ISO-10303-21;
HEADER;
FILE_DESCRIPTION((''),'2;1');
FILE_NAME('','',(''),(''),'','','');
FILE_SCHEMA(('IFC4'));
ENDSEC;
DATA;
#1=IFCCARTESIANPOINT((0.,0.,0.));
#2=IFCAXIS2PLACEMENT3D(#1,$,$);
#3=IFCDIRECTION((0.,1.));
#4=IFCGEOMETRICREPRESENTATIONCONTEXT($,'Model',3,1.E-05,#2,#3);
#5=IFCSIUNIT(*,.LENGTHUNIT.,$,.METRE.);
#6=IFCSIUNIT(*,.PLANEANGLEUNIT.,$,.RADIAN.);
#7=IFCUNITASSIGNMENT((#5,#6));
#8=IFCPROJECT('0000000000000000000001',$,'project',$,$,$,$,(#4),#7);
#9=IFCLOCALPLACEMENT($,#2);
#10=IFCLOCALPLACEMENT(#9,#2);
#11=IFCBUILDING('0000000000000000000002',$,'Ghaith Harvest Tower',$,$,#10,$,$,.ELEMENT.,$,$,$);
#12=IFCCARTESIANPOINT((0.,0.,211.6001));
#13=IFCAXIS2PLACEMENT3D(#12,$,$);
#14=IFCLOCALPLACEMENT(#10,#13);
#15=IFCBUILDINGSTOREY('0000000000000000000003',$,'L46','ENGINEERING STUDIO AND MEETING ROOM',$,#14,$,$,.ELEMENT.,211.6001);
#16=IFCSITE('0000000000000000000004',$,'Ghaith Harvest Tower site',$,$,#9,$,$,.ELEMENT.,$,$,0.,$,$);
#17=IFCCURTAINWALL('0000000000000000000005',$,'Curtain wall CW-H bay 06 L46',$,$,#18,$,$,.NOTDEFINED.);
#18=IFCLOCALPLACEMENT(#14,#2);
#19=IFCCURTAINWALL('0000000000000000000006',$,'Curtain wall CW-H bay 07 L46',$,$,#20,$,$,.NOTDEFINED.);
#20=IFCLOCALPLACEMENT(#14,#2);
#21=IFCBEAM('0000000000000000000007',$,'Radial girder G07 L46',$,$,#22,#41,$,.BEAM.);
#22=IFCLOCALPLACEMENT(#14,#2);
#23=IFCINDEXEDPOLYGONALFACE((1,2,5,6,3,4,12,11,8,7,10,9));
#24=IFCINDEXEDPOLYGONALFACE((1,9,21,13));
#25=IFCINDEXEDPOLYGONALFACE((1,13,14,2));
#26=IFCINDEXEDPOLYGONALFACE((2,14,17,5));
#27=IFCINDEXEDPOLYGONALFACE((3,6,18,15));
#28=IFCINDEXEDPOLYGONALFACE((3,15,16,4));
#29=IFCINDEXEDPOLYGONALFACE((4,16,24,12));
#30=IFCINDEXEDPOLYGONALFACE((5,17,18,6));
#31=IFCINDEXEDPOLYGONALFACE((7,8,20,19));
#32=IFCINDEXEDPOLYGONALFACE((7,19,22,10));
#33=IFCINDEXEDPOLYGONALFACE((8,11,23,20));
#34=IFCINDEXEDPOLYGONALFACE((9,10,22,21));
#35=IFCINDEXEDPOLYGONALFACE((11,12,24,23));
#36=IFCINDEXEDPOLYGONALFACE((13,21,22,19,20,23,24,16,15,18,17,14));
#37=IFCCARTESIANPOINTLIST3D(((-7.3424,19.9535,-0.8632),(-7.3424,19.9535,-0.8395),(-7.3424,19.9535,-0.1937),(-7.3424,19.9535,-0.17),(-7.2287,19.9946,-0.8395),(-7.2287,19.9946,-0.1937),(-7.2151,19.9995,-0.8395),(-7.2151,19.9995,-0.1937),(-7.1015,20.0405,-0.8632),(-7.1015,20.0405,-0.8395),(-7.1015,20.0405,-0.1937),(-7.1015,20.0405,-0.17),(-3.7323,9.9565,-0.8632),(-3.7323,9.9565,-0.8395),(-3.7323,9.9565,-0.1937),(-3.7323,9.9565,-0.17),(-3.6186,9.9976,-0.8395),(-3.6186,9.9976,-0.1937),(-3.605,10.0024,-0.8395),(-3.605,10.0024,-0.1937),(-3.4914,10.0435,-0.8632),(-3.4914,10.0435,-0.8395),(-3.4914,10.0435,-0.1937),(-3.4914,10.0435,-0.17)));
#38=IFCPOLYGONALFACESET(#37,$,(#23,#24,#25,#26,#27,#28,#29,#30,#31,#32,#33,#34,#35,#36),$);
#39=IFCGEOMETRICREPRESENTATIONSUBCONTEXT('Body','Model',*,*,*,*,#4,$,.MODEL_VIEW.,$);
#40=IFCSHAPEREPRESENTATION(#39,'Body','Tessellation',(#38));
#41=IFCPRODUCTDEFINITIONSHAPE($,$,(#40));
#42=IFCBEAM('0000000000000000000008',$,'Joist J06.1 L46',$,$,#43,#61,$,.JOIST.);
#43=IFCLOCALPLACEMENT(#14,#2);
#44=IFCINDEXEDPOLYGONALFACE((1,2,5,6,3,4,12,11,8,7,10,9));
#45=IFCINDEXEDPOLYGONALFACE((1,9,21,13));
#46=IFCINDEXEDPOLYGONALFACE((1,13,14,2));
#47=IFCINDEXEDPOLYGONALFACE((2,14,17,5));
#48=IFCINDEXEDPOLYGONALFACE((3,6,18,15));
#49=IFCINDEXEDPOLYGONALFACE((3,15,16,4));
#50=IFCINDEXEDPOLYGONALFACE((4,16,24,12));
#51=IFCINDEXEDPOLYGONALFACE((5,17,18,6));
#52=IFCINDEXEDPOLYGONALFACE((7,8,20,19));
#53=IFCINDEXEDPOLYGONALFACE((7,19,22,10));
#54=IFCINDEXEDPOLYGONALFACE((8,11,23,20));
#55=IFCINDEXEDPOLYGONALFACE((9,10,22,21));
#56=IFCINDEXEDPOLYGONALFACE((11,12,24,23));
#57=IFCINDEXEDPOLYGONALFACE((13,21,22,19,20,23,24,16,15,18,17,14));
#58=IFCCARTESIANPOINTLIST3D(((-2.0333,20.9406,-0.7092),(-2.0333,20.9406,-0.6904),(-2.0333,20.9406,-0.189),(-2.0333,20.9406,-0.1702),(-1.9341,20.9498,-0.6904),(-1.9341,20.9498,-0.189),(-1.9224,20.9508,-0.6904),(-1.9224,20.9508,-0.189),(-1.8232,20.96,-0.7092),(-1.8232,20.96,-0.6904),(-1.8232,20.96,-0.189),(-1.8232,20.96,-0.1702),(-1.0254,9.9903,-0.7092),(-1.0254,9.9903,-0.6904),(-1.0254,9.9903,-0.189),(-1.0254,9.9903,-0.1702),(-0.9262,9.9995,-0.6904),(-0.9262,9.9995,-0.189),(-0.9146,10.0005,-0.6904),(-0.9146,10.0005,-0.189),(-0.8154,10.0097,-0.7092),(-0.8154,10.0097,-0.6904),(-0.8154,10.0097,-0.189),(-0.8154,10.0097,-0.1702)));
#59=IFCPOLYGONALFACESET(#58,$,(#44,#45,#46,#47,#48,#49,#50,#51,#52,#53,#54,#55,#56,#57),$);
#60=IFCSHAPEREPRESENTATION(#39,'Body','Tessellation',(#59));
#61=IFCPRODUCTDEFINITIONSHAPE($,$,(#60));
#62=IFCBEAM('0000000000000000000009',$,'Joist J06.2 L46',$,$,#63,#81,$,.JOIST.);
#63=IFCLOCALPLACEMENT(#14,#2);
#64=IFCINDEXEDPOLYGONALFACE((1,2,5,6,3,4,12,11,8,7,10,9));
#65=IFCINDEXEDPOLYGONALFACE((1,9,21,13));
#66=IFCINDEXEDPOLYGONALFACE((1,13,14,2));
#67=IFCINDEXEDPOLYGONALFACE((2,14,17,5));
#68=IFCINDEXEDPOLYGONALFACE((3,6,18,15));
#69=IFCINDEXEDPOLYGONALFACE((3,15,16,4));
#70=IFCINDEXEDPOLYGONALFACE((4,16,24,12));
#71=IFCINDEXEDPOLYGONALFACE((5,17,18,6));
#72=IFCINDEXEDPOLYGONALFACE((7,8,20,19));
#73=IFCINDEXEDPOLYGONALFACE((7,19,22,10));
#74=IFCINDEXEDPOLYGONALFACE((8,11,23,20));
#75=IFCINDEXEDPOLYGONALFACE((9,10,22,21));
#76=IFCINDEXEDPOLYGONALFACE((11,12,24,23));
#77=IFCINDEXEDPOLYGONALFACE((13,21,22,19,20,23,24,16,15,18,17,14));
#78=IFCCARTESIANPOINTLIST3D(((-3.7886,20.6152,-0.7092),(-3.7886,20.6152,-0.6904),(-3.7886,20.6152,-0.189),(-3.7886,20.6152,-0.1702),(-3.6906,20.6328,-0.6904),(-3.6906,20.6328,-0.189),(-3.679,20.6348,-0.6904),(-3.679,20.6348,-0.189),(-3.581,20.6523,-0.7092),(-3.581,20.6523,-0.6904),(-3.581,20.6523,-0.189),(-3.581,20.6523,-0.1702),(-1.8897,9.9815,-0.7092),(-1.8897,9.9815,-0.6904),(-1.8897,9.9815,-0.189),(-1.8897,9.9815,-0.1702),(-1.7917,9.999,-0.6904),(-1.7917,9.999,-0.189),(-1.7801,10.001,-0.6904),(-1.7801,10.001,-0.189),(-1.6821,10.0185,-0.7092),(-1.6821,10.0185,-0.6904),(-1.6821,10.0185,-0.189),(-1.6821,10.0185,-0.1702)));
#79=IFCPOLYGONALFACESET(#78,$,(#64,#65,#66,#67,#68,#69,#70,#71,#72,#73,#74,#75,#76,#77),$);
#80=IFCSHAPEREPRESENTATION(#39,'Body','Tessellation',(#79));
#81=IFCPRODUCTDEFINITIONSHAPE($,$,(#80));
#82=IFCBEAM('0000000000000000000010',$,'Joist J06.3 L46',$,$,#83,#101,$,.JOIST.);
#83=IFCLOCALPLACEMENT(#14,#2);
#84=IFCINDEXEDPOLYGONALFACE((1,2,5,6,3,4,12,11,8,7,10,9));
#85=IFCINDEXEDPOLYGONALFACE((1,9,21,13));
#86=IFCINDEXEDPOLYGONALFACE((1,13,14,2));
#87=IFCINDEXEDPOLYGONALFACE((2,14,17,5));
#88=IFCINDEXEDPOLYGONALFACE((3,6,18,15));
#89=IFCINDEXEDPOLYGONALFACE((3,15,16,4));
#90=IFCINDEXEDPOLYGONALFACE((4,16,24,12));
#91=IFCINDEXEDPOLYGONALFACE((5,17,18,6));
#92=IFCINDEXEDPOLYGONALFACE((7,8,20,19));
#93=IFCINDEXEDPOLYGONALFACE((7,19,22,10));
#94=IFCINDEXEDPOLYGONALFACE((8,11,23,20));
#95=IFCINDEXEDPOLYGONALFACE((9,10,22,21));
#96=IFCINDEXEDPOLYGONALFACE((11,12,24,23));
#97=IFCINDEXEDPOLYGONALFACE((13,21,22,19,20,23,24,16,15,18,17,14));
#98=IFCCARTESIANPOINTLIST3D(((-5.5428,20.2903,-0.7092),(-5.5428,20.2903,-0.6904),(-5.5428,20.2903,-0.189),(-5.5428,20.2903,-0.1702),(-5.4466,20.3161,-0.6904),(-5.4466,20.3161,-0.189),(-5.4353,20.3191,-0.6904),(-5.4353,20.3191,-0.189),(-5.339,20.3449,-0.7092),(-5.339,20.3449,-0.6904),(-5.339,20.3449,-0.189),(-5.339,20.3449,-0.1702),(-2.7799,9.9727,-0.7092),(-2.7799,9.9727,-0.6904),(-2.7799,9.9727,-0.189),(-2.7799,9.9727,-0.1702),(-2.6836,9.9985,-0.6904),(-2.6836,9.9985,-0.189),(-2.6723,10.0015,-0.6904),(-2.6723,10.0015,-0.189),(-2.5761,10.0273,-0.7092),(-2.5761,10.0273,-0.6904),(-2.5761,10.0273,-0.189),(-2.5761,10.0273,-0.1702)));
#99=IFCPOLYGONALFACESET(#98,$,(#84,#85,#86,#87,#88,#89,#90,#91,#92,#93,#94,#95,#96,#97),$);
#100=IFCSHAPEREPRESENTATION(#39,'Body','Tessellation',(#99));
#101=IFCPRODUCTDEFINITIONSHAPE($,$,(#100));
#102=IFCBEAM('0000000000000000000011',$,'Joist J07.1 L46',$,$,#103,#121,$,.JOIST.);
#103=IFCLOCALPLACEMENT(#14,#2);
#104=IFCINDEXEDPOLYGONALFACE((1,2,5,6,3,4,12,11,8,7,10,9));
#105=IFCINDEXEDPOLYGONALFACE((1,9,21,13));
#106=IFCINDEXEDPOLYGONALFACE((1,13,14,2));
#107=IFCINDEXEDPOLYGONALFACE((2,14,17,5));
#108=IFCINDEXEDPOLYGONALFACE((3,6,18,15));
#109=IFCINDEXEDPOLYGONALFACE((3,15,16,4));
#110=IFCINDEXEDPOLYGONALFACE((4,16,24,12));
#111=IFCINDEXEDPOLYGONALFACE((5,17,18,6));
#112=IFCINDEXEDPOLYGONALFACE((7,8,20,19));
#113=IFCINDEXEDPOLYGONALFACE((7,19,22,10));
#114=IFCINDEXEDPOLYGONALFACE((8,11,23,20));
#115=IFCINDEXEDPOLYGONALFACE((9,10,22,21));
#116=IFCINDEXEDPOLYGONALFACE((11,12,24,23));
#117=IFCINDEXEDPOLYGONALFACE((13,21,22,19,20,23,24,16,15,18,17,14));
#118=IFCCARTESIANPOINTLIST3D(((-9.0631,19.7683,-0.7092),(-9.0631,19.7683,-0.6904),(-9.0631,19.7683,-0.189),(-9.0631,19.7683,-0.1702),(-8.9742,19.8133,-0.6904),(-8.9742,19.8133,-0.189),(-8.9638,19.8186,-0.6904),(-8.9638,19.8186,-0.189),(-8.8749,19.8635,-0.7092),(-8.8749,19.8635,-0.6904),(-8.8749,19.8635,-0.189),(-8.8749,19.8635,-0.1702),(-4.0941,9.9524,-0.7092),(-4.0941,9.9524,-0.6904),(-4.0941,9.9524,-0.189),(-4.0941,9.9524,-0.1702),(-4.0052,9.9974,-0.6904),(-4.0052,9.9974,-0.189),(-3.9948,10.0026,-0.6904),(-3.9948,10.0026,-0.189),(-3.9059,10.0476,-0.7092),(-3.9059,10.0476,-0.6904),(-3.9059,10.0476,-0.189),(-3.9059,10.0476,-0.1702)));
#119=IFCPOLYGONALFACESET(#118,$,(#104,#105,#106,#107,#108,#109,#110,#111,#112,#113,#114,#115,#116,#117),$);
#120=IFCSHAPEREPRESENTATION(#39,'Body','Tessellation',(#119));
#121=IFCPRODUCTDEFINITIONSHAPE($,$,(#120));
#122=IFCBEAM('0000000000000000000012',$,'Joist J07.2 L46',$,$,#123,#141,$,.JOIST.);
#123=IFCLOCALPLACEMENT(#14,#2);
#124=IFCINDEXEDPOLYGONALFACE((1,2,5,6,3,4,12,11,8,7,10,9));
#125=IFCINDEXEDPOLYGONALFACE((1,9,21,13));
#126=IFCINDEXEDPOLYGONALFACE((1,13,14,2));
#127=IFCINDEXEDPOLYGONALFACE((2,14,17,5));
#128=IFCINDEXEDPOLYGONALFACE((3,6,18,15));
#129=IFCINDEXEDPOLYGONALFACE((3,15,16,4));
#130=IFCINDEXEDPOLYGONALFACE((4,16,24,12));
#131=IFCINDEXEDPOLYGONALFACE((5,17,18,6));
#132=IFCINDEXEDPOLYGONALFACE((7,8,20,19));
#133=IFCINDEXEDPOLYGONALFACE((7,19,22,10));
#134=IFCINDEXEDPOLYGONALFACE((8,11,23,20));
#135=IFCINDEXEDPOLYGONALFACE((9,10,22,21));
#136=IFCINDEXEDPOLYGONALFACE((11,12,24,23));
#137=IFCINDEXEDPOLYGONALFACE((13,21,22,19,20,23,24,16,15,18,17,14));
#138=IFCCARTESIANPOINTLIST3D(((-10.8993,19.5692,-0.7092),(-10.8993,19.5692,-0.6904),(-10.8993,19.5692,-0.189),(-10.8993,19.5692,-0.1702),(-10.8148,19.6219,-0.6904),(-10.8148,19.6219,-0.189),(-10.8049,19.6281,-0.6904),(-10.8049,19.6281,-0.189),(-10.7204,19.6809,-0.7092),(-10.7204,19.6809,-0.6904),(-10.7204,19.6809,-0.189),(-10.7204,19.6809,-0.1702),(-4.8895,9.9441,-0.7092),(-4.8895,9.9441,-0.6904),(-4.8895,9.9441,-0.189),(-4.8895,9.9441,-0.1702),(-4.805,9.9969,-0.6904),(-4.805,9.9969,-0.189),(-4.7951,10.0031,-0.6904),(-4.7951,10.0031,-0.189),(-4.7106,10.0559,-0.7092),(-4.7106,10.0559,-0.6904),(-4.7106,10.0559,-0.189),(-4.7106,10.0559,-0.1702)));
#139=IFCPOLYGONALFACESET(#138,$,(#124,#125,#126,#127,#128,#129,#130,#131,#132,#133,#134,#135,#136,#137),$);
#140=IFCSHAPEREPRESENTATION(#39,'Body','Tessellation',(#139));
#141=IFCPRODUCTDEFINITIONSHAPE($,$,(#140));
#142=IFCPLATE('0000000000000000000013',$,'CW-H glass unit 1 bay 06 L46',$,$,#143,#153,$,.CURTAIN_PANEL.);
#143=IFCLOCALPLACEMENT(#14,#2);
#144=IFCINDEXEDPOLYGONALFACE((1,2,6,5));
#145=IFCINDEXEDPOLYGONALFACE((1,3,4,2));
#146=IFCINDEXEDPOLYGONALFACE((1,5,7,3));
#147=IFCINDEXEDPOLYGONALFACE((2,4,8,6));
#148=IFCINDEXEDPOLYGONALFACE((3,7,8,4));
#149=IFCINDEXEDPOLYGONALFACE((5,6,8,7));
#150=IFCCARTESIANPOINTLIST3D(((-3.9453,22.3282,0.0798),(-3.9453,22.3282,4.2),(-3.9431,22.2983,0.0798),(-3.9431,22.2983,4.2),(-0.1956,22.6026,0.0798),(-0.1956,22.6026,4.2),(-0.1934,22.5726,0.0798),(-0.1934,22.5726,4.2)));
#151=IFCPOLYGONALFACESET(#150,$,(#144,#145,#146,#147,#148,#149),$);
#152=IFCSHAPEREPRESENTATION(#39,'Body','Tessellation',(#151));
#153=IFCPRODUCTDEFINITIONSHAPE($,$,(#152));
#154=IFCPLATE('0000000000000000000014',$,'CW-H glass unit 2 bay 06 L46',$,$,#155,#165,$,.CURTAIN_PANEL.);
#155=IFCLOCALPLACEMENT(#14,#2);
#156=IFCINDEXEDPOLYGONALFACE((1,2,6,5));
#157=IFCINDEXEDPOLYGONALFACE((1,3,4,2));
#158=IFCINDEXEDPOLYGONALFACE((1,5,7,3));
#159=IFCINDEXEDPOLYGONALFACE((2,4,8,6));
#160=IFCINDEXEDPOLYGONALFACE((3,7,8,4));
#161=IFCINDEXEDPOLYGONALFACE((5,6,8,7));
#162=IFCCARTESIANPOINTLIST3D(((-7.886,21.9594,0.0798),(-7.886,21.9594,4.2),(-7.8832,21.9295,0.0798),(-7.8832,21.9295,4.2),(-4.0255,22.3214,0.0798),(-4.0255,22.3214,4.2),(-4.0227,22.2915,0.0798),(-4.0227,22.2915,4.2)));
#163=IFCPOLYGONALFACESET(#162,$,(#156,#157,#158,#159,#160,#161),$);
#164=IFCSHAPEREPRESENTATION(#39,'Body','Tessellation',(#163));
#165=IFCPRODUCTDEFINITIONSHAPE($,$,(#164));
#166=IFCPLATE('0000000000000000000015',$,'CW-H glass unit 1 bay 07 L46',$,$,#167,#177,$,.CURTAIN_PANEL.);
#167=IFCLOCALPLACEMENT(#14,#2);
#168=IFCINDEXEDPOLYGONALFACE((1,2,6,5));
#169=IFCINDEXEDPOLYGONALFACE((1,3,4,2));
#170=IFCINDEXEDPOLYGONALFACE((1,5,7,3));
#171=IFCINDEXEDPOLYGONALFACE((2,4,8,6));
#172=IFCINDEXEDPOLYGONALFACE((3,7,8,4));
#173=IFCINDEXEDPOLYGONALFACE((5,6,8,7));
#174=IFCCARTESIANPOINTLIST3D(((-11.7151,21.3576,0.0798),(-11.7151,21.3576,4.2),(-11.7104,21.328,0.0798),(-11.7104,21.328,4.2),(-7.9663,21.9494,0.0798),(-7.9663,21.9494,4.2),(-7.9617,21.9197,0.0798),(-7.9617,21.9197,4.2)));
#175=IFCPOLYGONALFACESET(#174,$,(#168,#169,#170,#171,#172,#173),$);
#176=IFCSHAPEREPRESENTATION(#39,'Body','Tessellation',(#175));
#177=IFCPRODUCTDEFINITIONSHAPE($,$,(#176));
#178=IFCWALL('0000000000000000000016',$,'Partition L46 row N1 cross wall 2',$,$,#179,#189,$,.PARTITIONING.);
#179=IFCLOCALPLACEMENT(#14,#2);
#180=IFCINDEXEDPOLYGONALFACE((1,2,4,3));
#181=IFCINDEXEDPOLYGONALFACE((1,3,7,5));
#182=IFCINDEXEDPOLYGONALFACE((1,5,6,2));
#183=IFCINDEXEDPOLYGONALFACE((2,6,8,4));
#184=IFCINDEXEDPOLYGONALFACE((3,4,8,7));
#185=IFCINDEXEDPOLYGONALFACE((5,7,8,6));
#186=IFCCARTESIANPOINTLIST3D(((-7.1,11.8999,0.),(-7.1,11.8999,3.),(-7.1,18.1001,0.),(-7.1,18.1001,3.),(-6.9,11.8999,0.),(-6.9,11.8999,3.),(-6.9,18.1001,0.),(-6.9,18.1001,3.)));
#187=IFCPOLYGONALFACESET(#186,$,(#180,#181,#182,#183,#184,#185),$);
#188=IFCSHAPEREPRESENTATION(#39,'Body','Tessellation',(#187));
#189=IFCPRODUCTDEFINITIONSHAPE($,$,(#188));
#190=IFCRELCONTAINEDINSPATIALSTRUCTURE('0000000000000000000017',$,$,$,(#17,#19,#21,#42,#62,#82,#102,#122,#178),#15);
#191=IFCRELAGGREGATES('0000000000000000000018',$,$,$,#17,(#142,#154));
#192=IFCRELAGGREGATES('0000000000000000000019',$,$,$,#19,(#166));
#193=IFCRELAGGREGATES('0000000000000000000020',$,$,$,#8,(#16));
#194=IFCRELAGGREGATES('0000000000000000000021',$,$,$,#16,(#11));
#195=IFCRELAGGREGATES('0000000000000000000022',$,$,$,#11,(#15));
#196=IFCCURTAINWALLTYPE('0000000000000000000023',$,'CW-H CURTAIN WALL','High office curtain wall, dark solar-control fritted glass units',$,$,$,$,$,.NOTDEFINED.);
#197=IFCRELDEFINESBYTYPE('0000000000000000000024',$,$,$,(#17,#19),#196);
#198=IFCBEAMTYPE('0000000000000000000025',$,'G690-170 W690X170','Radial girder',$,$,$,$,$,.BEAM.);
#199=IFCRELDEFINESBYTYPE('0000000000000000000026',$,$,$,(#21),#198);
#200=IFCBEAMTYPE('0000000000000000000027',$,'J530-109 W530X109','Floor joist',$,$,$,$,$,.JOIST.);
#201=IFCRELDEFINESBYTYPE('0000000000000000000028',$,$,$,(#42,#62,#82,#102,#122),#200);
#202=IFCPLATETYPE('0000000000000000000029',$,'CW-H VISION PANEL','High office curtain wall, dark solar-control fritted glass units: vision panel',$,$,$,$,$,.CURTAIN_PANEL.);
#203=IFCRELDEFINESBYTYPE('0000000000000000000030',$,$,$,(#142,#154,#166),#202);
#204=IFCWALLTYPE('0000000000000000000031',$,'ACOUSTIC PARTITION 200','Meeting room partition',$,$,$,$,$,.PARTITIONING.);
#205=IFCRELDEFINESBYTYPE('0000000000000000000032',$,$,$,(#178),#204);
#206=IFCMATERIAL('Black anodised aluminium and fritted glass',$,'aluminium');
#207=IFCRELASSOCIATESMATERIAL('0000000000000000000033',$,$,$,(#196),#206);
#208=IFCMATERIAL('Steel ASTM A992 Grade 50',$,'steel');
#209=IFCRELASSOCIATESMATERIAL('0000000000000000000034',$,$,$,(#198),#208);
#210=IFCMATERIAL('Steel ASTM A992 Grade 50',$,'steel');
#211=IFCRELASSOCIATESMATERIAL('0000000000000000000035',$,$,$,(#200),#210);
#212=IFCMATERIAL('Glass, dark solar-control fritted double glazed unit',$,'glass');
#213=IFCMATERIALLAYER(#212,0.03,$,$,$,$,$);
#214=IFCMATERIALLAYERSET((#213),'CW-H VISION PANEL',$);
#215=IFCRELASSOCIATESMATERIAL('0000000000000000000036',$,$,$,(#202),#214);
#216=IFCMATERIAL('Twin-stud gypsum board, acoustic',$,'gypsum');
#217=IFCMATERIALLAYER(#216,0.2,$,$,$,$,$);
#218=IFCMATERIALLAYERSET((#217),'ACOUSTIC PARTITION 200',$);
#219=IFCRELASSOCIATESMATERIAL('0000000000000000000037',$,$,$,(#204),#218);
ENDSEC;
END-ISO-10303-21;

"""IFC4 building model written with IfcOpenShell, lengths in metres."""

from ifc_helpers import new_model, si_unit, direction, frame, frame_2d, origin, origin_2d, place, context, subcontext, project, spatial, rectangle, i_section, extrude, material, layer, layer_set, material_profile, profile_set, type_object, element, aggregate, save


model = new_model("IFC4")

# Units and contexts
model_context = context("Model", 3, precision=1e-05, world=origin(), true_north=direction((0.0, 1.0)))
body_context = subcontext(model_context, "Body", "Model", "MODEL_VIEW")
ifc_project = project(units=[si_unit("LENGTHUNIT", "METRE"), si_unit("PLANEANGLEUNIT", "RADIAN")], contexts=[model_context])

# Site, building, storey
site_placement = place(None, origin())
site = spatial("IfcSite", under=ifc_project, at=site_placement, Name="Ghaith Harvest Tower site", CompositionType="ELEMENT", RefElevation=0.0)
building_placement = place(site_placement, origin())
building = spatial("IfcBuilding", under=site, at=building_placement, Name="Ghaith Harvest Tower", CompositionType="ELEMENT")
storey_placement = place(building_placement, frame((0.0, 0.0, 211.6001)))
storey = spatial("IfcBuildingStorey", under=building, at=storey_placement, Name="L46", Description="ENGINEERING STUDIO AND MEETING ROOM", CompositionType="ELEMENT", Elevation=211.6001)

# Curtain walls
ifc_material_1 = material(Name="Black anodised aluminium and fritted glass", Category="aluminium")
curtain_wall_type = type_object("IfcCurtainWallType", Name="CW-H CURTAIN WALL", Description="High office curtain wall, dark solar-control fritted glass units", PredefinedType="NOTDEFINED", material=ifc_material_1)
curtain_wall_1_placement = place(storey_placement, origin())
curtain_wall_1 = element("IfcCurtainWall", 1, at=curtain_wall_1_placement, inside=storey, type_object=curtain_wall_type, Name="Curtain wall CW-H bay 06 L46", PredefinedType="NOTDEFINED")
curtain_wall_2_placement = place(storey_placement, origin())
curtain_wall_2 = element("IfcCurtainWall", 2, at=curtain_wall_2_placement, inside=storey, type_object=curtain_wall_type, Name="Curtain wall CW-H bay 07 L46", PredefinedType="NOTDEFINED")

# Beams
ifc_material_2 = material(Name="Steel ASTM A992 Grade 50", Category="steel")
ifc_material_profile_1 = material_profile(ifc_material_2, i_section(OverallWidth=0.2561, OverallDepth=0.6931, WebThickness=0.0144, FlangeThickness=0.0237, at=origin_2d()), Name="W690X170")
ifc_profile_set_1 = profile_set([ifc_material_profile_1], Name="Steel ASTM A992 Grade 50")
beam_type_1 = type_object("IfcBeamType", Name="G690-170 W690X170", Description="Radial girder", PredefinedType="BEAM", material=ifc_profile_set_1)
beam_1_placement = place(storey_placement, frame((-3.6118, 10.0, -0.5166), z_axis=(-0.339649, 0.940552, 0.0), x_axis=(-0.940552, -0.339649, 0.0)))
element("IfcBeam", 3, at=beam_1_placement, inside=storey, type_object=beam_type_1, Name="Radial girder G07 L46", PredefinedType="BEAM", context=body_context, shape_type="SweptSolid", body=[
    extrude(i_section(OverallWidth=0.2561, OverallDepth=0.6931, WebThickness=0.0144, FlangeThickness=0.0237, at=origin_2d()), origin(), (0.0, 0.0, 1.0), 10.6289),
])
ifc_material_3 = material(Name="Steel ASTM A992 Grade 50", Category="steel")
ifc_material_profile_2 = material_profile(ifc_material_3, i_section(OverallWidth=0.2109, OverallDepth=0.5391, WebThickness=0.0117, FlangeThickness=0.0188, at=origin_2d()), Name="W530X109")
ifc_profile_set_2 = profile_set([ifc_material_profile_2], Name="Steel ASTM A992 Grade 50")
beam_type_2 = type_object("IfcBeamType", Name="J530-109 W530X109", Description="Floor joist", PredefinedType="JOIST", material=ifc_profile_set_2)
beam_2_placement = place(storey_placement, frame((-0.9204, 10.0, -0.4397), z_axis=(-0.091649, 0.995791, 0.0), x_axis=(-0.995791, -0.091649, 0.0)))
element("IfcBeam", 4, at=beam_2_placement, inside=storey, type_object=beam_type_2, Name="Joist J06.1 L46", PredefinedType="JOIST", context=body_context, shape_type="SweptSolid", body=[
    extrude(i_section(OverallWidth=0.2109, OverallDepth=0.5391, WebThickness=0.0117, FlangeThickness=0.0188, at=origin_2d()), origin(), (0.0, 0.0, 1.0), 10.9966),
])
beam_3_placement = place(storey_placement, frame((-1.7859, 10.0, -0.4397), z_axis=(-0.175794, 0.984427, 0.0), x_axis=(-0.984427, -0.175794, 0.0)))
element("IfcBeam", 5, at=beam_3_placement, inside=storey, type_object=beam_type_2, Name="Joist J06.2 L46", PredefinedType="JOIST", context=body_context, shape_type="SweptSolid", body=[
    extrude(i_section(OverallWidth=0.2109, OverallDepth=0.5391, WebThickness=0.0117, FlangeThickness=0.0188, at=origin_2d()), origin(), (0.0, 0.0, 1.0), 10.802),
])
beam_4_placement = place(storey_placement, frame((-2.678, 10.0, -0.4397), z_axis=(-0.258674, 0.965965, 0.0), x_axis=(-0.965965, -0.258674, 0.0)))
element("IfcBeam", 6, at=beam_4_placement, inside=storey, type_object=beam_type_2, Name="Joist J06.3 L46", PredefinedType="JOIST", context=body_context, shape_type="SweptSolid", body=[
    extrude(i_section(OverallWidth=0.2109, OverallDepth=0.5391, WebThickness=0.0117, FlangeThickness=0.0188, at=origin_2d()), origin(), (0.0, 0.0, 1.0), 10.6812),
])
beam_5_placement = place(storey_placement, frame((-4.0, 10.0, -0.4397), z_axis=(-0.451646, 0.892197, 0.0), x_axis=(-0.892197, -0.451646, 0.0)))
element("IfcBeam", 7, at=beam_5_placement, inside=storey, type_object=beam_type_2, Name="Joist J07.1 L46", PredefinedType="JOIST", context=body_context, shape_type="SweptSolid", body=[
    extrude(i_section(OverallWidth=0.2109, OverallDepth=0.5391, WebThickness=0.0117, FlangeThickness=0.0188, at=origin_2d()), origin(), (0.0, 0.0, 1.0), 11.002),
])
beam_6_placement = place(storey_placement, frame((-4.8, 10.0, -0.4397), z_axis=(-0.529628, 0.84823, 0.0), x_axis=(-0.84823, -0.529628, 0.0)))
element("IfcBeam", 8, at=beam_6_placement, inside=storey, type_object=beam_type_2, Name="Joist J07.2 L46", PredefinedType="JOIST", context=body_context, shape_type="SweptSolid", body=[
    extrude(i_section(OverallWidth=0.2109, OverallDepth=0.5391, WebThickness=0.0117, FlangeThickness=0.0188, at=origin_2d()), origin(), (0.0, 0.0, 1.0), 11.3472),
])

# Plates
ifc_material_4 = material(Name="Glass, dark solar-control fritted double glazed unit", Category="glass")
ifc_layer_1 = layer(ifc_material_4, 0.03)
ifc_layer_set_1 = layer_set([ifc_layer_1], Name="CW-H VISION PANEL")
plate_type = type_object("IfcPlateType", Name="CW-H VISION PANEL", Description="High office curtain wall, dark solar-control fritted glass units: vision panel", PredefinedType="CURTAIN_PANEL", material=ifc_layer_set_1)
plate_1_placement = place(storey_placement, frame((-2.0693, 22.4504, 0.0798), z_axis=(0.0, 0.0, 1.0), x_axis=(-0.997334, -0.072966, 0.0)))
plate_1 = element("IfcPlate", 9, at=plate_1_placement, type_object=plate_type, Name="CW-H glass unit 1 bay 06 L46", PredefinedType="CURTAIN_PANEL", context=body_context, shape_type="SweptSolid", body=[
    extrude(rectangle(XDim=3.7598, YDim=0.03, at=origin_2d()), origin(), (0.0, 0.0, 1.0), 4.1201),
])
plate_2_placement = place(storey_placement, frame((-5.9543, 22.1255, 0.0798), z_axis=(0.0, 0.0, 1.0), x_axis=(-0.995632, -0.093365, 0.0)))
plate_2 = element("IfcPlate", 10, at=plate_2_placement, type_object=plate_type, Name="CW-H glass unit 2 bay 06 L46", PredefinedType="CURTAIN_PANEL", context=body_context, shape_type="SweptSolid", body=[
    extrude(rectangle(XDim=3.8774, YDim=0.03, at=origin_2d()), origin(), (0.0, 0.0, 1.0), 4.1201),
])
aggregate(curtain_wall_1, [plate_1, plate_2])
plate_3_placement = place(storey_placement, frame((-9.8384, 21.6387, 0.0798), z_axis=(0.0, 0.0, 1.0), x_axis=(-0.98777, -0.155916, 0.0)))
plate_3 = element("IfcPlate", 11, at=plate_3_placement, type_object=plate_type, Name="CW-H glass unit 1 bay 07 L46", PredefinedType="CURTAIN_PANEL", context=body_context, shape_type="SweptSolid", body=[
    extrude(rectangle(XDim=3.7952, YDim=0.03, at=origin_2d()), origin(), (0.0, 0.0, 1.0), 4.1201),
])
aggregate(curtain_wall_2, [plate_3])

# Wall
ifc_material_5 = material(Name="Twin-stud gypsum board, acoustic", Category="gypsum")
ifc_layer_2 = layer(ifc_material_5, 0.2)
ifc_layer_set_2 = layer_set([ifc_layer_2], Name="ACOUSTIC PARTITION 200")
wall_type = type_object("IfcWallType", Name="ACOUSTIC PARTITION 200", Description="Meeting room partition", PredefinedType="PARTITIONING", material=ifc_layer_set_2)
for number, where, z_axis, x_axis, name in (
    (12, (-7.0, 11.8999, 0.0), (0.0, 0.0, 1.0), (0.0, 1.0, 0.0), "Partition L46 row N1 cross wall 2"),
):
    element("IfcWall", number, at=place(storey_placement, frame(where, z_axis=z_axis, x_axis=x_axis)), inside=storey, type_object=wall_type, Name=name, PredefinedType="PARTITIONING", context=body_context, shape_type="SweptSolid", body=[
        extrude(rectangle(XDim=6.2002, YDim=0.2, at=frame_2d((3.1001, 0.0))), origin(), (0.0, 0.0, 1.0), 3.0),
    ])

save(model, "model.ifc")
